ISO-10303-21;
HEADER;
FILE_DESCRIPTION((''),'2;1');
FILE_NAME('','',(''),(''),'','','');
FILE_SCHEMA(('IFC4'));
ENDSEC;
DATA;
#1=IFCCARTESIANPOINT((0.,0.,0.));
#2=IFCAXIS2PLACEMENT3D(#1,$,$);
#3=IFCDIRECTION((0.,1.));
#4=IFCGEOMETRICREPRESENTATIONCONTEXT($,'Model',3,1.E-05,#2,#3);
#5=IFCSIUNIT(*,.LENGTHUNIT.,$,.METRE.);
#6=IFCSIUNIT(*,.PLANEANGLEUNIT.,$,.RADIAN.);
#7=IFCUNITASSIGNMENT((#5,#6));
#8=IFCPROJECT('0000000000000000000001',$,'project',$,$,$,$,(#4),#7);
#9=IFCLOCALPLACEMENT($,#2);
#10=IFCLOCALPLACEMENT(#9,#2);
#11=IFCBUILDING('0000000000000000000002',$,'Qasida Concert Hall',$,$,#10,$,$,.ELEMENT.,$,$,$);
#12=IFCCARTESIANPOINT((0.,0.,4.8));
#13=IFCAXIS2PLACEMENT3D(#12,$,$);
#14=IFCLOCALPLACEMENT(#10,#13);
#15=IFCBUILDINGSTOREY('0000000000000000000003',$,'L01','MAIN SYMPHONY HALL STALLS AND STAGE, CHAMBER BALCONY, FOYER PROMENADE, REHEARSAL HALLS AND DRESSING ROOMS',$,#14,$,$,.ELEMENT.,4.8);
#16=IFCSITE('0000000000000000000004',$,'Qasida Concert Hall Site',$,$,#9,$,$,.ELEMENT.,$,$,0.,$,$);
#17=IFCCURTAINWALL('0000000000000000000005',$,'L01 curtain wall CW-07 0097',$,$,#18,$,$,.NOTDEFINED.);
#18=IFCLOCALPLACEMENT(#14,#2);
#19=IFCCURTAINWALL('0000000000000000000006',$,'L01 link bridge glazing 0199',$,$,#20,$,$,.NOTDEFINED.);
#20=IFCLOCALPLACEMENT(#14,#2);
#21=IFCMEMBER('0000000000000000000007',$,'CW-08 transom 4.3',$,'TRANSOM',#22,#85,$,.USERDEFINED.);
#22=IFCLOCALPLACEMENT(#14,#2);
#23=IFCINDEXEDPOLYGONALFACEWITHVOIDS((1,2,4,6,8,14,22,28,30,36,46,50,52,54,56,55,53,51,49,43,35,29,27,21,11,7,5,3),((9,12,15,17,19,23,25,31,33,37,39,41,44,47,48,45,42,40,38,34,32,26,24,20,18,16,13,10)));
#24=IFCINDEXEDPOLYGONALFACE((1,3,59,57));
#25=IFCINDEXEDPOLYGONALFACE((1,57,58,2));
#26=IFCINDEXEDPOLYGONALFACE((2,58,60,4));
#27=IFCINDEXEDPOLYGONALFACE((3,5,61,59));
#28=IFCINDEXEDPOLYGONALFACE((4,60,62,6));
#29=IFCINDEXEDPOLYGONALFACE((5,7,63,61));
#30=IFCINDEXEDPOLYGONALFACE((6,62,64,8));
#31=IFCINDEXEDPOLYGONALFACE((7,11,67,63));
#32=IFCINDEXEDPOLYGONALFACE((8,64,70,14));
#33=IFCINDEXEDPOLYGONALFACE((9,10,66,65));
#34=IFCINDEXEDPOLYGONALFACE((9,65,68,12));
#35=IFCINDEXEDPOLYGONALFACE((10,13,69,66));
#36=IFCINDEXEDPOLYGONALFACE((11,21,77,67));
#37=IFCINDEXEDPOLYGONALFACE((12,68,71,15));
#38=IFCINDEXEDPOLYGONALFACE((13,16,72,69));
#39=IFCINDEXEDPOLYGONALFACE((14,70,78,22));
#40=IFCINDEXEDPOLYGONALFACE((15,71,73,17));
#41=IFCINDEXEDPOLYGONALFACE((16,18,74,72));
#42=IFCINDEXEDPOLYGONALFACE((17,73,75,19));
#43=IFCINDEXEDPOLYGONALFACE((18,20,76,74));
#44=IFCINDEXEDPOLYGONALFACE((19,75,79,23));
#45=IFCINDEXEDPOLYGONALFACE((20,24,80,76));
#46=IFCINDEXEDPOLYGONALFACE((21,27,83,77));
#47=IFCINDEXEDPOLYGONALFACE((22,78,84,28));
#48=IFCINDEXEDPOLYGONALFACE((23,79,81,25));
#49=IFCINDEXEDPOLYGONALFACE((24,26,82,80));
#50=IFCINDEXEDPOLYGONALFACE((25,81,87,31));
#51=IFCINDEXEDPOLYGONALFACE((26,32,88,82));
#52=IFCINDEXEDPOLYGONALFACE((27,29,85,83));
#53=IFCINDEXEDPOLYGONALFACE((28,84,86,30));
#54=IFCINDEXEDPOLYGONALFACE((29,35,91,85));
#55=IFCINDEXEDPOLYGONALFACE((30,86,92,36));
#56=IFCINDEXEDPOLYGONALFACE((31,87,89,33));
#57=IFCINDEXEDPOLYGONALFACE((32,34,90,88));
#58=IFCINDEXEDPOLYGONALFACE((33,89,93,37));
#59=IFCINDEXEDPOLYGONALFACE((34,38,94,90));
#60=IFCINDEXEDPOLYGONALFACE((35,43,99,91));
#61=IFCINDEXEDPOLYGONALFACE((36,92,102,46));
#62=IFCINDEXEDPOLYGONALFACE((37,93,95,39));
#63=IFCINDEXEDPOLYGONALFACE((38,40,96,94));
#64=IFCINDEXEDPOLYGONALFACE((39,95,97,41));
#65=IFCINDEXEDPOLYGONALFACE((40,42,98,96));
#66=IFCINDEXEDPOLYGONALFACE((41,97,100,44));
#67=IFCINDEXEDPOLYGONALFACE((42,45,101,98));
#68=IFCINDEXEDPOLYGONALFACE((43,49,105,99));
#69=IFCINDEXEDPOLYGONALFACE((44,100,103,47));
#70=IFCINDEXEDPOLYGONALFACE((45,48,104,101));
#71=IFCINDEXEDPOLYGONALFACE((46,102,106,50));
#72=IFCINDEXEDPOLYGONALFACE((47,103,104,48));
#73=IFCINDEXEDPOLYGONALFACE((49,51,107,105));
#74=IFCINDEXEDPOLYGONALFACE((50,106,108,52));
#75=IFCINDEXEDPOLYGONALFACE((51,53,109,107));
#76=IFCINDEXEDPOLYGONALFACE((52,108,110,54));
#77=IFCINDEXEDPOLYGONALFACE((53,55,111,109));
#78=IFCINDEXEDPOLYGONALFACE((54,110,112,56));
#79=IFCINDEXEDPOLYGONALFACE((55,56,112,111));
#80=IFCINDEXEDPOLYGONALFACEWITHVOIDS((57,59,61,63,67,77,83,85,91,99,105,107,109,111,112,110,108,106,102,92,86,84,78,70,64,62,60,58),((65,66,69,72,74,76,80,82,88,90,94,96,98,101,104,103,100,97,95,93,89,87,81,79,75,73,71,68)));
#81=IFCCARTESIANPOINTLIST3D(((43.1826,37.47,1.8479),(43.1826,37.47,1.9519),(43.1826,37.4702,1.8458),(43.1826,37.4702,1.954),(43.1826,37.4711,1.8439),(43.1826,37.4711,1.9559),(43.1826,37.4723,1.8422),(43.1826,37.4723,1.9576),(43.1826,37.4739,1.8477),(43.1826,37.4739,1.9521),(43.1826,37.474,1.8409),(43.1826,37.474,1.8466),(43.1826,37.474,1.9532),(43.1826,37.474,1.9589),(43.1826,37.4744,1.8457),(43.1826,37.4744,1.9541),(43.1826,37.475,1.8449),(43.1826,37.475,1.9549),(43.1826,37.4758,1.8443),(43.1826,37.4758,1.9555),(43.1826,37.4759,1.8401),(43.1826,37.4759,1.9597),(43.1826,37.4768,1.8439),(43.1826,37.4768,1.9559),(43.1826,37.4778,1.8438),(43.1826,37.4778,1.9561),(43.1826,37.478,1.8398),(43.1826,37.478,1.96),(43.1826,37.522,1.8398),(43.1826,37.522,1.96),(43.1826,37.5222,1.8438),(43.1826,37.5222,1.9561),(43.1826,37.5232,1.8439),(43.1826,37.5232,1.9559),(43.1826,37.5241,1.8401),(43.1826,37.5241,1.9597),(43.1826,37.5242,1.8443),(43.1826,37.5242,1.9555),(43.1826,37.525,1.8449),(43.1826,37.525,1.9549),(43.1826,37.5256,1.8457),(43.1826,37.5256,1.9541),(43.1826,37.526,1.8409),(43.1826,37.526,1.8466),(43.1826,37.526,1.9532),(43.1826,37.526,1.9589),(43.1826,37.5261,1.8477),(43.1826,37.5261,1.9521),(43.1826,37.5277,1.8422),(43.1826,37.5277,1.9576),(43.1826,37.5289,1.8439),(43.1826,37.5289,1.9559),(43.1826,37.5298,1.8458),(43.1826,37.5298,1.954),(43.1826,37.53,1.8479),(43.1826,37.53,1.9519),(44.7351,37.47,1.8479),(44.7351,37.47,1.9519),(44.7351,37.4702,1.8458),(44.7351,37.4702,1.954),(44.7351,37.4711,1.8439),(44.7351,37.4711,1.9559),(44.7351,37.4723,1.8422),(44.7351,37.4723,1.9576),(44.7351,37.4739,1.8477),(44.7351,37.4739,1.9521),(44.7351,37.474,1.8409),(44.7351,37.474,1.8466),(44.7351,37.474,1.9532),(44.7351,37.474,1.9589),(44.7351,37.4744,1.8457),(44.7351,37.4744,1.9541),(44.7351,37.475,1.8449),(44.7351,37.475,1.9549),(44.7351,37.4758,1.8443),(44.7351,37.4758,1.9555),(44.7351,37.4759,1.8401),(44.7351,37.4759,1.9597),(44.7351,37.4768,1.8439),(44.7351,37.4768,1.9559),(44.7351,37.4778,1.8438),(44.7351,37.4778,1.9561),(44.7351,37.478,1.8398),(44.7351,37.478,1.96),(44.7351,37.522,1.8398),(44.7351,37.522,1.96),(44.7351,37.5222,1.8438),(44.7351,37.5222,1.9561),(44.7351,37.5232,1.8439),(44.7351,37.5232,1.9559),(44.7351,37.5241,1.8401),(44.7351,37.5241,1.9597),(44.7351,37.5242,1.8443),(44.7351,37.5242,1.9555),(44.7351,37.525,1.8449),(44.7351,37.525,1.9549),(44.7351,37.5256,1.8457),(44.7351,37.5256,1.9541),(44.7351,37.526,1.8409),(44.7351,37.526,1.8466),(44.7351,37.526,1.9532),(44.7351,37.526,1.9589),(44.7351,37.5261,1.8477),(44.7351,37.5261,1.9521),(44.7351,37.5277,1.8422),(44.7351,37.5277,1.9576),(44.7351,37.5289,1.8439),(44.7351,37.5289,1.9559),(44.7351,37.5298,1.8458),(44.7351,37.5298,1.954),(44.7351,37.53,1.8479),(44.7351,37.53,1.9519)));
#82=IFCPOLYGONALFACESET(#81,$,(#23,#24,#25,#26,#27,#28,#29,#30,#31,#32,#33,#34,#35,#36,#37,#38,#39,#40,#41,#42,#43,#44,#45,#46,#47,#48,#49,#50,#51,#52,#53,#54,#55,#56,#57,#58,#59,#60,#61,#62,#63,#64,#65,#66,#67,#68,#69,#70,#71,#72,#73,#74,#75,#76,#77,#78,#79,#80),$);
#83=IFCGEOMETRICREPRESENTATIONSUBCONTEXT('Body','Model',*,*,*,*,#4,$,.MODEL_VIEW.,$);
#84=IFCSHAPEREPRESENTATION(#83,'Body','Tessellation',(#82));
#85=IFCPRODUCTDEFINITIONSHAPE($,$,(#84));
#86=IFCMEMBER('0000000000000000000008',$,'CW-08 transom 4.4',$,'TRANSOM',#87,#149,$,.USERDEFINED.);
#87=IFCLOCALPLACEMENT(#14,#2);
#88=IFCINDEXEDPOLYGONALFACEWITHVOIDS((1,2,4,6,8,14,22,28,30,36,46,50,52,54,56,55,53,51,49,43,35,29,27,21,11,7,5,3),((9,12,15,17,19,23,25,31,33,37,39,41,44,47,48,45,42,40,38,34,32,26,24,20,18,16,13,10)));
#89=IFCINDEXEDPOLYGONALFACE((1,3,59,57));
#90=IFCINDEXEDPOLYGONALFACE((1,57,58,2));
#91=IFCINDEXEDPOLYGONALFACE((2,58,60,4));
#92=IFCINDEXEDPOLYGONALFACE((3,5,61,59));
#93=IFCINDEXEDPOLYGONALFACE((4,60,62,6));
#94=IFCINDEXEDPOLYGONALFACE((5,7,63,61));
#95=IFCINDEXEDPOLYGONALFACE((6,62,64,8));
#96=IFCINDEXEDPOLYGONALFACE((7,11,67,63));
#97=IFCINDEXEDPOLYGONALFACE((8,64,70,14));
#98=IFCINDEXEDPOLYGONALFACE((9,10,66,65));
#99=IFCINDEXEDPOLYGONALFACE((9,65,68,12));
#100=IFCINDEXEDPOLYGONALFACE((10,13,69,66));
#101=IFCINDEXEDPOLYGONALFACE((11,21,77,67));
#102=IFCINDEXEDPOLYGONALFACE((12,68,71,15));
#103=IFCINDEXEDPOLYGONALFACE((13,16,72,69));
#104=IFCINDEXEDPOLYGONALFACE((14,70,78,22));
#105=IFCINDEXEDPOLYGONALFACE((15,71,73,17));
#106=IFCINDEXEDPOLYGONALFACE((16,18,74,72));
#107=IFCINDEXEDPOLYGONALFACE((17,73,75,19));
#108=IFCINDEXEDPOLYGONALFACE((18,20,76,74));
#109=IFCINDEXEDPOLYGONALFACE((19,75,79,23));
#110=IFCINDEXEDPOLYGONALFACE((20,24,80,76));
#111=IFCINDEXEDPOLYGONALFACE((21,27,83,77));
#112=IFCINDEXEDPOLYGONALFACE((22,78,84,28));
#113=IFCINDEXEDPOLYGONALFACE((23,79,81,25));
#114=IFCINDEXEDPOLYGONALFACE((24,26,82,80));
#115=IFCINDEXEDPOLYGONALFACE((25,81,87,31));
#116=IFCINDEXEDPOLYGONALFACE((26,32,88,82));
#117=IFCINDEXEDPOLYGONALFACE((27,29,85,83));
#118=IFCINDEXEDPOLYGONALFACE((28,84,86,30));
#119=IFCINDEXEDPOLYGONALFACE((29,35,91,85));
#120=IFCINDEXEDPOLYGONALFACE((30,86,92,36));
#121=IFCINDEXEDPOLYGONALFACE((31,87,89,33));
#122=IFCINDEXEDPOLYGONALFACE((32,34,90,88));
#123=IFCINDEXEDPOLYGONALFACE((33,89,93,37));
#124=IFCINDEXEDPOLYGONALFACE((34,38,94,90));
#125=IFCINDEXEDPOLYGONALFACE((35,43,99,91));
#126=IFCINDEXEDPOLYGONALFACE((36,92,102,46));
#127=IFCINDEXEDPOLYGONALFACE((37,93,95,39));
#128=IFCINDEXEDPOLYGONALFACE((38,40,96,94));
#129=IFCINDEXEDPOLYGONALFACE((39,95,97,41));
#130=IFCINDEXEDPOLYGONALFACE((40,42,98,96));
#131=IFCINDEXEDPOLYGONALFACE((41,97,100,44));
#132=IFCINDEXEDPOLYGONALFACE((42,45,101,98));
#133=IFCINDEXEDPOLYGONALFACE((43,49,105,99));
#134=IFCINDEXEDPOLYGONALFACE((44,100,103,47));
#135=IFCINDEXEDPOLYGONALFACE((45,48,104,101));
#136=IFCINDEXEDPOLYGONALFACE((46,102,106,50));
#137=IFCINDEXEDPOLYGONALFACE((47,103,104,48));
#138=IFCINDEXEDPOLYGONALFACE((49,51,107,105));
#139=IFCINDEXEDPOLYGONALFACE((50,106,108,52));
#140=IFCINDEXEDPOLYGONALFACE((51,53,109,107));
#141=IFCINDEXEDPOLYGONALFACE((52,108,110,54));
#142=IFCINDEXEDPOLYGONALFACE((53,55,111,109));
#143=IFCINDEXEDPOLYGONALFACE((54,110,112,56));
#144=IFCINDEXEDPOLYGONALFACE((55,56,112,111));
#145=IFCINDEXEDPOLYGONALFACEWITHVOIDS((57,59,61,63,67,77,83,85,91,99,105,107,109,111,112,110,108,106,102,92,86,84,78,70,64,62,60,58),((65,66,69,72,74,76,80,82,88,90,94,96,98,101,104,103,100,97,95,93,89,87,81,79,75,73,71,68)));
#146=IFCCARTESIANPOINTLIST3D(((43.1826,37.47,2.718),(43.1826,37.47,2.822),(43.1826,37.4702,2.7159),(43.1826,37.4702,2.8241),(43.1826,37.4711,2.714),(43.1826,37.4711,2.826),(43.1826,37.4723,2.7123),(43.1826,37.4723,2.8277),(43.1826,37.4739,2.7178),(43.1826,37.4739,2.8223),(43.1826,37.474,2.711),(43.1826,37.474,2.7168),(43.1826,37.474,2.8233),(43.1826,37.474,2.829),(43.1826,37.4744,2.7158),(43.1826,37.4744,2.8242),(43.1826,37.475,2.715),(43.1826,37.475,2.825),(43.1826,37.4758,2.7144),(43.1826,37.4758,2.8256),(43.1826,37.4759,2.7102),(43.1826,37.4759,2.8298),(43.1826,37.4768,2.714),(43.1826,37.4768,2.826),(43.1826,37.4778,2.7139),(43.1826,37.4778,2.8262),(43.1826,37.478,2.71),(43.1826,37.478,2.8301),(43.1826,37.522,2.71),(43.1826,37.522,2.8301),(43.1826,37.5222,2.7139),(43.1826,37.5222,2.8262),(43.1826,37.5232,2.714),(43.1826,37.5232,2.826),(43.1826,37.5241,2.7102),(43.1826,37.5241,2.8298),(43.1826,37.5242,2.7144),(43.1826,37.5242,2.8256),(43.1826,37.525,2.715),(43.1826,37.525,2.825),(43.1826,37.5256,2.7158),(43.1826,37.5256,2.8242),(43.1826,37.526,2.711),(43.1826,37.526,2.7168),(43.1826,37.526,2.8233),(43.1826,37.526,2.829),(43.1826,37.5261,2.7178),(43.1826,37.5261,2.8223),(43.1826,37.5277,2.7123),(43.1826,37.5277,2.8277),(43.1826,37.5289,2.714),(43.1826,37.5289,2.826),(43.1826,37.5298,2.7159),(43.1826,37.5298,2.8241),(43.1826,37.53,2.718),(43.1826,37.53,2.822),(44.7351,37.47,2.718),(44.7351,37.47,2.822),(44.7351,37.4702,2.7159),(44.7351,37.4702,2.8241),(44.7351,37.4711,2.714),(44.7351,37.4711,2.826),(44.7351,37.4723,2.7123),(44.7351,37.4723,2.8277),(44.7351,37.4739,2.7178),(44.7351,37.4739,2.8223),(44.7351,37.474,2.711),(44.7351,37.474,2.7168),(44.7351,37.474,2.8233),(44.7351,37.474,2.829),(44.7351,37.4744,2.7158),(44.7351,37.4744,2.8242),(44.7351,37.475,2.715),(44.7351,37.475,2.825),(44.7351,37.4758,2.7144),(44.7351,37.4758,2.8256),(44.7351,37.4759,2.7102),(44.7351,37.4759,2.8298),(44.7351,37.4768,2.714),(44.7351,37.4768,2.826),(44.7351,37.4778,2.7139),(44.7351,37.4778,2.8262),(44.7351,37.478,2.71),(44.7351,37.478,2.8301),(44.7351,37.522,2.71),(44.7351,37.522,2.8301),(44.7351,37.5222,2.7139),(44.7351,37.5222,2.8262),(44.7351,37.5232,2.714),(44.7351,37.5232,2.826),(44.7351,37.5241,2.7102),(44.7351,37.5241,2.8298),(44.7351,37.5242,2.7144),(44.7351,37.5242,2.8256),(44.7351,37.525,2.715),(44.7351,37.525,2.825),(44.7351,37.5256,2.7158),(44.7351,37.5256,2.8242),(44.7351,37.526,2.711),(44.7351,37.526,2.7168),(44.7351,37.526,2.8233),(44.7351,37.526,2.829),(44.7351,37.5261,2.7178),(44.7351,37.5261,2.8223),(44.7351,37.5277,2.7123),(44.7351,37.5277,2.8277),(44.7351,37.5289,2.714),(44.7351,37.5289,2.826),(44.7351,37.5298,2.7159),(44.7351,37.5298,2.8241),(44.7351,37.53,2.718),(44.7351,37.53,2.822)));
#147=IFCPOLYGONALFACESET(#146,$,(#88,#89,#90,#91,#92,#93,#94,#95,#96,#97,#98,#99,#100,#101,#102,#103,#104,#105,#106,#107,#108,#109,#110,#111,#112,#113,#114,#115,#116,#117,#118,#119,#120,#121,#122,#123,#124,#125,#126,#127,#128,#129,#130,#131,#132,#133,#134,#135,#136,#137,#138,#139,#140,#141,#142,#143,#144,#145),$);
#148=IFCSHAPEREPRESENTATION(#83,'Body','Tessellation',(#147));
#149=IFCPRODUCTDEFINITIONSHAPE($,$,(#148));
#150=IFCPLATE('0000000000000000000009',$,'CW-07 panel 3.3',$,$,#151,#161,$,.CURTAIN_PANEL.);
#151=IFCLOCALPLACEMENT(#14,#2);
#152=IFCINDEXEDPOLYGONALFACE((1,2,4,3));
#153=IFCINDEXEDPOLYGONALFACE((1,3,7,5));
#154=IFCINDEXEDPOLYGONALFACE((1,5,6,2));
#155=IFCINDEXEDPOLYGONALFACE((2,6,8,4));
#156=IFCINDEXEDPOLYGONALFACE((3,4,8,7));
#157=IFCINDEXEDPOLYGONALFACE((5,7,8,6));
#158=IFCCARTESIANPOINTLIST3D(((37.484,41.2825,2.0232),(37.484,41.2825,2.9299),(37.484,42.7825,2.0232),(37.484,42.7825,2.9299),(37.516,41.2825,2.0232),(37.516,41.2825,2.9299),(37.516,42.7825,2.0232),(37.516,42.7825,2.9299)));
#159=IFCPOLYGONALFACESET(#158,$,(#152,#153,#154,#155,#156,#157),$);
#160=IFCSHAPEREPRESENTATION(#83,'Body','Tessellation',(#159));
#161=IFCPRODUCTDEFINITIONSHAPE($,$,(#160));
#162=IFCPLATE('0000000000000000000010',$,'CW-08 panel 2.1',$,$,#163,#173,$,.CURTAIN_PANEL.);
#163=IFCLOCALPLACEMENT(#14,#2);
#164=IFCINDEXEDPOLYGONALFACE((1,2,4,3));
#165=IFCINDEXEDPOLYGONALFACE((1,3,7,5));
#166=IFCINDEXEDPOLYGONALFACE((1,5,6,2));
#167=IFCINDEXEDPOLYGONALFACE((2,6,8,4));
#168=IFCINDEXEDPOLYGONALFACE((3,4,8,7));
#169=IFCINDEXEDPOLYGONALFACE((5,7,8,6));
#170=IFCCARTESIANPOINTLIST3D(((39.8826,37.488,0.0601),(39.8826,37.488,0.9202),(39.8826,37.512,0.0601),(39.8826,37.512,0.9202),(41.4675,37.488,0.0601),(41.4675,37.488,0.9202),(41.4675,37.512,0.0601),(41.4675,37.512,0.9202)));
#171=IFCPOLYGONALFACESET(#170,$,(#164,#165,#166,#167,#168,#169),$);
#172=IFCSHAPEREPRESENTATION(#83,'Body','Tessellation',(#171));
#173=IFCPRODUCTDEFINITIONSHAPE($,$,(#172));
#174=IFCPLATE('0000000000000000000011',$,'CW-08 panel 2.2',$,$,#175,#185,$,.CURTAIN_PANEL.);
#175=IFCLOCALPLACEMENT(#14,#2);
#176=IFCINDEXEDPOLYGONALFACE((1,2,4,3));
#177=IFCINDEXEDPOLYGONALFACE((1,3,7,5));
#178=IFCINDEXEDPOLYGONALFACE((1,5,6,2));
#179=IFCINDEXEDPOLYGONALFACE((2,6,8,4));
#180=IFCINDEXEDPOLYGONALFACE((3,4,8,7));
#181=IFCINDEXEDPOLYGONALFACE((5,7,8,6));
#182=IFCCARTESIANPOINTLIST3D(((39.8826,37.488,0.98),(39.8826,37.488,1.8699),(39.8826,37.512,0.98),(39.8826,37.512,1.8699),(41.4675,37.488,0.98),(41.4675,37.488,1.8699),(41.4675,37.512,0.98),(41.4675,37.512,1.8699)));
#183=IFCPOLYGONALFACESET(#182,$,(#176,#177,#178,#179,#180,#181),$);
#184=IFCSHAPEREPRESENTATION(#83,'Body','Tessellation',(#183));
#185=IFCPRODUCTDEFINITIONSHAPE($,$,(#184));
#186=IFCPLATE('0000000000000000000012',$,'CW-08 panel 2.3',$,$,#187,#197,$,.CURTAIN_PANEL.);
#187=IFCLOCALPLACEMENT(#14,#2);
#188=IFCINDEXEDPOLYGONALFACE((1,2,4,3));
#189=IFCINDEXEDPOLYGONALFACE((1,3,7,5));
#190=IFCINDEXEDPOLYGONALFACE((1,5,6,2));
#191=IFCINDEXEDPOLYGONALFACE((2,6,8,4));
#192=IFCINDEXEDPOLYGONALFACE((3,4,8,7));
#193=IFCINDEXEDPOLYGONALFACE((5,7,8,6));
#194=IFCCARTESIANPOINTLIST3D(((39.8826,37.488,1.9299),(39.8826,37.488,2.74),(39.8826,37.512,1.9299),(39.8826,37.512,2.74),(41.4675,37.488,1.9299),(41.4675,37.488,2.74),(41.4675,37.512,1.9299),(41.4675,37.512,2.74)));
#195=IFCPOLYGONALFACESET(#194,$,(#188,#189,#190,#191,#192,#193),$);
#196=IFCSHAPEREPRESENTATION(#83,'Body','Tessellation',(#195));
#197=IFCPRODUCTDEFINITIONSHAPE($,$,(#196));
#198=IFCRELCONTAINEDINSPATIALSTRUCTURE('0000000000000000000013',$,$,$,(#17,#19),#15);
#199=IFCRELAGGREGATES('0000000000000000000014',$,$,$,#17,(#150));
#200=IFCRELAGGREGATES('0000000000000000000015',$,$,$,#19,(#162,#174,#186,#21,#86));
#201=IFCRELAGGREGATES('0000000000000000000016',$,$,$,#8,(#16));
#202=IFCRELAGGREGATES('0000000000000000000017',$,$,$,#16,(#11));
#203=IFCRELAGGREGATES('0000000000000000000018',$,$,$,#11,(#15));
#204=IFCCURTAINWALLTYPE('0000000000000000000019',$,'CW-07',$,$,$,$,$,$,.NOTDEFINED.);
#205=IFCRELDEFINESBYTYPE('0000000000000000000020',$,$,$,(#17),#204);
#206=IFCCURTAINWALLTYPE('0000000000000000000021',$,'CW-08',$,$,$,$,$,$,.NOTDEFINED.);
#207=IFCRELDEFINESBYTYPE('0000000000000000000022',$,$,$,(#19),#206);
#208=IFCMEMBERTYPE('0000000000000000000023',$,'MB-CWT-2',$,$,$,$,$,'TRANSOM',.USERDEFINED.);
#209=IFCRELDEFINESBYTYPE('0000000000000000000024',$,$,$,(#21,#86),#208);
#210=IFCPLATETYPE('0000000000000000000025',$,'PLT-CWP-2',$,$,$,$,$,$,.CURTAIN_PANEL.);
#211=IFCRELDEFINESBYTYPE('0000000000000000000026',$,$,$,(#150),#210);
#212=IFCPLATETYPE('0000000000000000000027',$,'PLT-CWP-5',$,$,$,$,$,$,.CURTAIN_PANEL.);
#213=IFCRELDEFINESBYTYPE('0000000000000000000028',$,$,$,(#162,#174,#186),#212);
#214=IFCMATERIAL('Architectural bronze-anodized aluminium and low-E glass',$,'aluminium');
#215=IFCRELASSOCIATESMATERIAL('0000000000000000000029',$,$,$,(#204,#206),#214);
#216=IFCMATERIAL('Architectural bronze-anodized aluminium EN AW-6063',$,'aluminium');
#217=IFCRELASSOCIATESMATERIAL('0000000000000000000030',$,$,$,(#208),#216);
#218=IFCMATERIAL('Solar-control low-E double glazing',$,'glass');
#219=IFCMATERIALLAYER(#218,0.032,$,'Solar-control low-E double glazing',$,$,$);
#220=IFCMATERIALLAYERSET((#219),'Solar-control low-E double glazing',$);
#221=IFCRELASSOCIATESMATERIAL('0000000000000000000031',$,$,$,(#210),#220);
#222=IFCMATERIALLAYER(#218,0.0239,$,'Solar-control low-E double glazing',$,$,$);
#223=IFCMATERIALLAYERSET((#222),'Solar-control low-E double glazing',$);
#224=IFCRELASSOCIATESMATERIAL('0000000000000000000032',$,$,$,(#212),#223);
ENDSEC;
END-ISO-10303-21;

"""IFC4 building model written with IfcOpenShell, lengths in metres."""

from ifc_helpers import new_model, si_unit, direction, frame, origin, origin_2d, place, context, subcontext, project, spatial, rectangle, hollow_rectangle, extrude, material, layer, layer_set, material_profile, profile_set, type_object, element, aggregate, save


model = new_model("IFC4")

# Units and contexts
model_context = context("Model", 3, precision=1e-05, world=origin(), true_north=direction((0.0, 1.0)))
body_context = subcontext(model_context, "Body", "Model", "MODEL_VIEW")
ifc_project = project(units=[si_unit("LENGTHUNIT", "METRE"), si_unit("PLANEANGLEUNIT", "RADIAN")], contexts=[model_context])

# Site, building, storey
site_placement = place(None, origin())
site = spatial("IfcSite", under=ifc_project, at=site_placement, Name="Qasida Concert Hall Site", CompositionType="ELEMENT", RefElevation=0.0)
building_placement = place(site_placement, origin())
building = spatial("IfcBuilding", under=site, at=building_placement, Name="Qasida Concert Hall", CompositionType="ELEMENT")
storey_placement = place(building_placement, frame((0.0, 0.0, 4.8)))
storey = spatial("IfcBuildingStorey", under=building, at=storey_placement, Name="L01", Description="MAIN SYMPHONY HALL STALLS AND STAGE, CHAMBER BALCONY, FOYER PROMENADE, REHEARSAL HALLS AND DRESSING ROOMS", CompositionType="ELEMENT", Elevation=4.8)

# Curtain wall
ifc_material_1 = material(Name="Architectural bronze-anodized aluminium and low-E glass", Category="aluminium")
curtain_wall_type_1 = type_object("IfcCurtainWallType", Name="CW-07", PredefinedType="NOTDEFINED", material=ifc_material_1)
curtain_wall_1_placement = place(storey_placement, origin())
curtain_wall_1 = element("IfcCurtainWall", 1, at=curtain_wall_1_placement, inside=storey, type_object=curtain_wall_type_1, Name="L01 curtain wall CW-07 0097", PredefinedType="NOTDEFINED")
ifc_material_2 = material(Name="Architectural bronze-anodized aluminium EN AW-6063", Category="aluminium")

# Curtain wall
curtain_wall_type_2 = type_object("IfcCurtainWallType", Name="CW-08", PredefinedType="NOTDEFINED", material=ifc_material_1)
curtain_wall_2_placement = place(storey_placement, origin())
curtain_wall_2 = element("IfcCurtainWall", 2, at=curtain_wall_2_placement, inside=storey, type_object=curtain_wall_type_2, Name="L01 link bridge glazing 0199", PredefinedType="NOTDEFINED")

# Members
ifc_material_profile_1 = material_profile(ifc_material_2, hollow_rectangle(XDim=0.0601, YDim=0.1201, WallThickness=0.0039, InnerFilletRadius=0.0039, OuterFilletRadius=0.0081, at=origin_2d()), Name="CWT 120x60x4")
ifc_profile_set_1 = profile_set([ifc_material_profile_1], Name="Architectural bronze-anodized aluminium EN AW-6063")
member_type_1 = type_object("IfcMemberType", Name="MB-CWT-2", ElementType="TRANSOM", PredefinedType="USERDEFINED", material=ifc_profile_set_1)
member_1_placement = place(storey_placement, frame((43.1826, 37.5, 1.8999), z_axis=(1.0, 0.0, 0.0), x_axis=(0.0, 1.0, 0.0)))
member_1 = element("IfcMember", 3, at=member_1_placement, type_object=member_type_1, Name="CW-08 transom 4.3", ObjectType="TRANSOM", PredefinedType="USERDEFINED", context=body_context, shape_type="SweptSolid", body=[
    extrude(hollow_rectangle(XDim=0.0601, YDim=0.1201, WallThickness=0.0039, InnerFilletRadius=0.0039, OuterFilletRadius=0.0081, at=origin_2d()), origin(), (0.0, 0.0, 1.0), 1.5525),
])
member_2_placement = place(storey_placement, frame((43.1826, 37.5, 2.77), z_axis=(1.0, 0.0, 0.0), x_axis=(0.0, 1.0, 0.0)))
member_2 = element("IfcMember", 4, at=member_2_placement, type_object=member_type_1, Name="CW-08 transom 4.4", ObjectType="TRANSOM", PredefinedType="USERDEFINED", context=body_context, shape_type="SweptSolid", body=[
    extrude(hollow_rectangle(XDim=0.0601, YDim=0.1201, WallThickness=0.0039, InnerFilletRadius=0.0039, OuterFilletRadius=0.0081, at=origin_2d()), origin(), (0.0, 0.0, 1.0), 1.5525),
])

# Plates
ifc_material_3 = material(Name="Solar-control low-E double glazing", Category="glass")
ifc_layer_1 = layer(ifc_material_3, 0.032, Name="Solar-control low-E double glazing")
ifc_layer_set_1 = layer_set([ifc_layer_1], Name="Solar-control low-E double glazing")
plate_type_1 = type_object("IfcPlateType", Name="PLT-CWP-2", PredefinedType="CURTAIN_PANEL", material=ifc_layer_set_1)
plate_1_placement = place(storey_placement, frame((37.5, 42.0325, 2.0232), z_axis=(0.0, 0.0, 1.0), x_axis=(0.0, 1.0, 0.0)))
plate_1 = element("IfcPlate", 5, at=plate_1_placement, type_object=plate_type_1, Name="CW-07 panel 3.3", PredefinedType="CURTAIN_PANEL", context=body_context, shape_type="SweptSolid", body=[
    extrude(rectangle(XDim=1.5, YDim=0.032, at=origin_2d()), origin(), (0.0, 0.0, 1.0), 0.9067),
])
aggregate(curtain_wall_1, [plate_1])
ifc_layer_2 = layer(ifc_material_3, 0.0239, Name="Solar-control low-E double glazing")
ifc_layer_set_2 = layer_set([ifc_layer_2], Name="Solar-control low-E double glazing")
plate_type_2 = type_object("IfcPlateType", Name="PLT-CWP-5", PredefinedType="CURTAIN_PANEL", material=ifc_layer_set_2)
plate_2_placement = place(storey_placement, frame((40.675, 37.5, 0.0601), z_axis=(0.0, 0.0, 1.0), x_axis=(1.0, 0.0, 0.0)))
plate_2 = element("IfcPlate", 6, at=plate_2_placement, type_object=plate_type_2, Name="CW-08 panel 2.1", PredefinedType="CURTAIN_PANEL", context=body_context, shape_type="SweptSolid", body=[
    extrude(rectangle(XDim=1.585, YDim=0.0239, at=origin_2d()), origin(), (0.0, 0.0, 1.0), 0.8601),
])
plate_3_placement = place(storey_placement, frame((40.675, 37.5, 0.98), z_axis=(0.0, 0.0, 1.0), x_axis=(1.0, 0.0, 0.0)))
plate_3 = element("IfcPlate", 7, at=plate_3_placement, type_object=plate_type_2, Name="CW-08 panel 2.2", PredefinedType="CURTAIN_PANEL", context=body_context, shape_type="SweptSolid", body=[
    extrude(rectangle(XDim=1.585, YDim=0.0239, at=origin_2d()), origin(), (0.0, 0.0, 1.0), 0.8899),
])
plate_4_placement = place(storey_placement, frame((40.675, 37.5, 1.9299), z_axis=(0.0, 0.0, 1.0), x_axis=(1.0, 0.0, 0.0)))
plate_4 = element("IfcPlate", 8, at=plate_4_placement, type_object=plate_type_2, Name="CW-08 panel 2.3", PredefinedType="CURTAIN_PANEL", context=body_context, shape_type="SweptSolid", body=[
    extrude(rectangle(XDim=1.585, YDim=0.0239, at=origin_2d()), origin(), (0.0, 0.0, 1.0), 0.8101),
])
aggregate(curtain_wall_2, [plate_2, plate_3, plate_4, member_1, member_2])

save(model, "model.ifc")
